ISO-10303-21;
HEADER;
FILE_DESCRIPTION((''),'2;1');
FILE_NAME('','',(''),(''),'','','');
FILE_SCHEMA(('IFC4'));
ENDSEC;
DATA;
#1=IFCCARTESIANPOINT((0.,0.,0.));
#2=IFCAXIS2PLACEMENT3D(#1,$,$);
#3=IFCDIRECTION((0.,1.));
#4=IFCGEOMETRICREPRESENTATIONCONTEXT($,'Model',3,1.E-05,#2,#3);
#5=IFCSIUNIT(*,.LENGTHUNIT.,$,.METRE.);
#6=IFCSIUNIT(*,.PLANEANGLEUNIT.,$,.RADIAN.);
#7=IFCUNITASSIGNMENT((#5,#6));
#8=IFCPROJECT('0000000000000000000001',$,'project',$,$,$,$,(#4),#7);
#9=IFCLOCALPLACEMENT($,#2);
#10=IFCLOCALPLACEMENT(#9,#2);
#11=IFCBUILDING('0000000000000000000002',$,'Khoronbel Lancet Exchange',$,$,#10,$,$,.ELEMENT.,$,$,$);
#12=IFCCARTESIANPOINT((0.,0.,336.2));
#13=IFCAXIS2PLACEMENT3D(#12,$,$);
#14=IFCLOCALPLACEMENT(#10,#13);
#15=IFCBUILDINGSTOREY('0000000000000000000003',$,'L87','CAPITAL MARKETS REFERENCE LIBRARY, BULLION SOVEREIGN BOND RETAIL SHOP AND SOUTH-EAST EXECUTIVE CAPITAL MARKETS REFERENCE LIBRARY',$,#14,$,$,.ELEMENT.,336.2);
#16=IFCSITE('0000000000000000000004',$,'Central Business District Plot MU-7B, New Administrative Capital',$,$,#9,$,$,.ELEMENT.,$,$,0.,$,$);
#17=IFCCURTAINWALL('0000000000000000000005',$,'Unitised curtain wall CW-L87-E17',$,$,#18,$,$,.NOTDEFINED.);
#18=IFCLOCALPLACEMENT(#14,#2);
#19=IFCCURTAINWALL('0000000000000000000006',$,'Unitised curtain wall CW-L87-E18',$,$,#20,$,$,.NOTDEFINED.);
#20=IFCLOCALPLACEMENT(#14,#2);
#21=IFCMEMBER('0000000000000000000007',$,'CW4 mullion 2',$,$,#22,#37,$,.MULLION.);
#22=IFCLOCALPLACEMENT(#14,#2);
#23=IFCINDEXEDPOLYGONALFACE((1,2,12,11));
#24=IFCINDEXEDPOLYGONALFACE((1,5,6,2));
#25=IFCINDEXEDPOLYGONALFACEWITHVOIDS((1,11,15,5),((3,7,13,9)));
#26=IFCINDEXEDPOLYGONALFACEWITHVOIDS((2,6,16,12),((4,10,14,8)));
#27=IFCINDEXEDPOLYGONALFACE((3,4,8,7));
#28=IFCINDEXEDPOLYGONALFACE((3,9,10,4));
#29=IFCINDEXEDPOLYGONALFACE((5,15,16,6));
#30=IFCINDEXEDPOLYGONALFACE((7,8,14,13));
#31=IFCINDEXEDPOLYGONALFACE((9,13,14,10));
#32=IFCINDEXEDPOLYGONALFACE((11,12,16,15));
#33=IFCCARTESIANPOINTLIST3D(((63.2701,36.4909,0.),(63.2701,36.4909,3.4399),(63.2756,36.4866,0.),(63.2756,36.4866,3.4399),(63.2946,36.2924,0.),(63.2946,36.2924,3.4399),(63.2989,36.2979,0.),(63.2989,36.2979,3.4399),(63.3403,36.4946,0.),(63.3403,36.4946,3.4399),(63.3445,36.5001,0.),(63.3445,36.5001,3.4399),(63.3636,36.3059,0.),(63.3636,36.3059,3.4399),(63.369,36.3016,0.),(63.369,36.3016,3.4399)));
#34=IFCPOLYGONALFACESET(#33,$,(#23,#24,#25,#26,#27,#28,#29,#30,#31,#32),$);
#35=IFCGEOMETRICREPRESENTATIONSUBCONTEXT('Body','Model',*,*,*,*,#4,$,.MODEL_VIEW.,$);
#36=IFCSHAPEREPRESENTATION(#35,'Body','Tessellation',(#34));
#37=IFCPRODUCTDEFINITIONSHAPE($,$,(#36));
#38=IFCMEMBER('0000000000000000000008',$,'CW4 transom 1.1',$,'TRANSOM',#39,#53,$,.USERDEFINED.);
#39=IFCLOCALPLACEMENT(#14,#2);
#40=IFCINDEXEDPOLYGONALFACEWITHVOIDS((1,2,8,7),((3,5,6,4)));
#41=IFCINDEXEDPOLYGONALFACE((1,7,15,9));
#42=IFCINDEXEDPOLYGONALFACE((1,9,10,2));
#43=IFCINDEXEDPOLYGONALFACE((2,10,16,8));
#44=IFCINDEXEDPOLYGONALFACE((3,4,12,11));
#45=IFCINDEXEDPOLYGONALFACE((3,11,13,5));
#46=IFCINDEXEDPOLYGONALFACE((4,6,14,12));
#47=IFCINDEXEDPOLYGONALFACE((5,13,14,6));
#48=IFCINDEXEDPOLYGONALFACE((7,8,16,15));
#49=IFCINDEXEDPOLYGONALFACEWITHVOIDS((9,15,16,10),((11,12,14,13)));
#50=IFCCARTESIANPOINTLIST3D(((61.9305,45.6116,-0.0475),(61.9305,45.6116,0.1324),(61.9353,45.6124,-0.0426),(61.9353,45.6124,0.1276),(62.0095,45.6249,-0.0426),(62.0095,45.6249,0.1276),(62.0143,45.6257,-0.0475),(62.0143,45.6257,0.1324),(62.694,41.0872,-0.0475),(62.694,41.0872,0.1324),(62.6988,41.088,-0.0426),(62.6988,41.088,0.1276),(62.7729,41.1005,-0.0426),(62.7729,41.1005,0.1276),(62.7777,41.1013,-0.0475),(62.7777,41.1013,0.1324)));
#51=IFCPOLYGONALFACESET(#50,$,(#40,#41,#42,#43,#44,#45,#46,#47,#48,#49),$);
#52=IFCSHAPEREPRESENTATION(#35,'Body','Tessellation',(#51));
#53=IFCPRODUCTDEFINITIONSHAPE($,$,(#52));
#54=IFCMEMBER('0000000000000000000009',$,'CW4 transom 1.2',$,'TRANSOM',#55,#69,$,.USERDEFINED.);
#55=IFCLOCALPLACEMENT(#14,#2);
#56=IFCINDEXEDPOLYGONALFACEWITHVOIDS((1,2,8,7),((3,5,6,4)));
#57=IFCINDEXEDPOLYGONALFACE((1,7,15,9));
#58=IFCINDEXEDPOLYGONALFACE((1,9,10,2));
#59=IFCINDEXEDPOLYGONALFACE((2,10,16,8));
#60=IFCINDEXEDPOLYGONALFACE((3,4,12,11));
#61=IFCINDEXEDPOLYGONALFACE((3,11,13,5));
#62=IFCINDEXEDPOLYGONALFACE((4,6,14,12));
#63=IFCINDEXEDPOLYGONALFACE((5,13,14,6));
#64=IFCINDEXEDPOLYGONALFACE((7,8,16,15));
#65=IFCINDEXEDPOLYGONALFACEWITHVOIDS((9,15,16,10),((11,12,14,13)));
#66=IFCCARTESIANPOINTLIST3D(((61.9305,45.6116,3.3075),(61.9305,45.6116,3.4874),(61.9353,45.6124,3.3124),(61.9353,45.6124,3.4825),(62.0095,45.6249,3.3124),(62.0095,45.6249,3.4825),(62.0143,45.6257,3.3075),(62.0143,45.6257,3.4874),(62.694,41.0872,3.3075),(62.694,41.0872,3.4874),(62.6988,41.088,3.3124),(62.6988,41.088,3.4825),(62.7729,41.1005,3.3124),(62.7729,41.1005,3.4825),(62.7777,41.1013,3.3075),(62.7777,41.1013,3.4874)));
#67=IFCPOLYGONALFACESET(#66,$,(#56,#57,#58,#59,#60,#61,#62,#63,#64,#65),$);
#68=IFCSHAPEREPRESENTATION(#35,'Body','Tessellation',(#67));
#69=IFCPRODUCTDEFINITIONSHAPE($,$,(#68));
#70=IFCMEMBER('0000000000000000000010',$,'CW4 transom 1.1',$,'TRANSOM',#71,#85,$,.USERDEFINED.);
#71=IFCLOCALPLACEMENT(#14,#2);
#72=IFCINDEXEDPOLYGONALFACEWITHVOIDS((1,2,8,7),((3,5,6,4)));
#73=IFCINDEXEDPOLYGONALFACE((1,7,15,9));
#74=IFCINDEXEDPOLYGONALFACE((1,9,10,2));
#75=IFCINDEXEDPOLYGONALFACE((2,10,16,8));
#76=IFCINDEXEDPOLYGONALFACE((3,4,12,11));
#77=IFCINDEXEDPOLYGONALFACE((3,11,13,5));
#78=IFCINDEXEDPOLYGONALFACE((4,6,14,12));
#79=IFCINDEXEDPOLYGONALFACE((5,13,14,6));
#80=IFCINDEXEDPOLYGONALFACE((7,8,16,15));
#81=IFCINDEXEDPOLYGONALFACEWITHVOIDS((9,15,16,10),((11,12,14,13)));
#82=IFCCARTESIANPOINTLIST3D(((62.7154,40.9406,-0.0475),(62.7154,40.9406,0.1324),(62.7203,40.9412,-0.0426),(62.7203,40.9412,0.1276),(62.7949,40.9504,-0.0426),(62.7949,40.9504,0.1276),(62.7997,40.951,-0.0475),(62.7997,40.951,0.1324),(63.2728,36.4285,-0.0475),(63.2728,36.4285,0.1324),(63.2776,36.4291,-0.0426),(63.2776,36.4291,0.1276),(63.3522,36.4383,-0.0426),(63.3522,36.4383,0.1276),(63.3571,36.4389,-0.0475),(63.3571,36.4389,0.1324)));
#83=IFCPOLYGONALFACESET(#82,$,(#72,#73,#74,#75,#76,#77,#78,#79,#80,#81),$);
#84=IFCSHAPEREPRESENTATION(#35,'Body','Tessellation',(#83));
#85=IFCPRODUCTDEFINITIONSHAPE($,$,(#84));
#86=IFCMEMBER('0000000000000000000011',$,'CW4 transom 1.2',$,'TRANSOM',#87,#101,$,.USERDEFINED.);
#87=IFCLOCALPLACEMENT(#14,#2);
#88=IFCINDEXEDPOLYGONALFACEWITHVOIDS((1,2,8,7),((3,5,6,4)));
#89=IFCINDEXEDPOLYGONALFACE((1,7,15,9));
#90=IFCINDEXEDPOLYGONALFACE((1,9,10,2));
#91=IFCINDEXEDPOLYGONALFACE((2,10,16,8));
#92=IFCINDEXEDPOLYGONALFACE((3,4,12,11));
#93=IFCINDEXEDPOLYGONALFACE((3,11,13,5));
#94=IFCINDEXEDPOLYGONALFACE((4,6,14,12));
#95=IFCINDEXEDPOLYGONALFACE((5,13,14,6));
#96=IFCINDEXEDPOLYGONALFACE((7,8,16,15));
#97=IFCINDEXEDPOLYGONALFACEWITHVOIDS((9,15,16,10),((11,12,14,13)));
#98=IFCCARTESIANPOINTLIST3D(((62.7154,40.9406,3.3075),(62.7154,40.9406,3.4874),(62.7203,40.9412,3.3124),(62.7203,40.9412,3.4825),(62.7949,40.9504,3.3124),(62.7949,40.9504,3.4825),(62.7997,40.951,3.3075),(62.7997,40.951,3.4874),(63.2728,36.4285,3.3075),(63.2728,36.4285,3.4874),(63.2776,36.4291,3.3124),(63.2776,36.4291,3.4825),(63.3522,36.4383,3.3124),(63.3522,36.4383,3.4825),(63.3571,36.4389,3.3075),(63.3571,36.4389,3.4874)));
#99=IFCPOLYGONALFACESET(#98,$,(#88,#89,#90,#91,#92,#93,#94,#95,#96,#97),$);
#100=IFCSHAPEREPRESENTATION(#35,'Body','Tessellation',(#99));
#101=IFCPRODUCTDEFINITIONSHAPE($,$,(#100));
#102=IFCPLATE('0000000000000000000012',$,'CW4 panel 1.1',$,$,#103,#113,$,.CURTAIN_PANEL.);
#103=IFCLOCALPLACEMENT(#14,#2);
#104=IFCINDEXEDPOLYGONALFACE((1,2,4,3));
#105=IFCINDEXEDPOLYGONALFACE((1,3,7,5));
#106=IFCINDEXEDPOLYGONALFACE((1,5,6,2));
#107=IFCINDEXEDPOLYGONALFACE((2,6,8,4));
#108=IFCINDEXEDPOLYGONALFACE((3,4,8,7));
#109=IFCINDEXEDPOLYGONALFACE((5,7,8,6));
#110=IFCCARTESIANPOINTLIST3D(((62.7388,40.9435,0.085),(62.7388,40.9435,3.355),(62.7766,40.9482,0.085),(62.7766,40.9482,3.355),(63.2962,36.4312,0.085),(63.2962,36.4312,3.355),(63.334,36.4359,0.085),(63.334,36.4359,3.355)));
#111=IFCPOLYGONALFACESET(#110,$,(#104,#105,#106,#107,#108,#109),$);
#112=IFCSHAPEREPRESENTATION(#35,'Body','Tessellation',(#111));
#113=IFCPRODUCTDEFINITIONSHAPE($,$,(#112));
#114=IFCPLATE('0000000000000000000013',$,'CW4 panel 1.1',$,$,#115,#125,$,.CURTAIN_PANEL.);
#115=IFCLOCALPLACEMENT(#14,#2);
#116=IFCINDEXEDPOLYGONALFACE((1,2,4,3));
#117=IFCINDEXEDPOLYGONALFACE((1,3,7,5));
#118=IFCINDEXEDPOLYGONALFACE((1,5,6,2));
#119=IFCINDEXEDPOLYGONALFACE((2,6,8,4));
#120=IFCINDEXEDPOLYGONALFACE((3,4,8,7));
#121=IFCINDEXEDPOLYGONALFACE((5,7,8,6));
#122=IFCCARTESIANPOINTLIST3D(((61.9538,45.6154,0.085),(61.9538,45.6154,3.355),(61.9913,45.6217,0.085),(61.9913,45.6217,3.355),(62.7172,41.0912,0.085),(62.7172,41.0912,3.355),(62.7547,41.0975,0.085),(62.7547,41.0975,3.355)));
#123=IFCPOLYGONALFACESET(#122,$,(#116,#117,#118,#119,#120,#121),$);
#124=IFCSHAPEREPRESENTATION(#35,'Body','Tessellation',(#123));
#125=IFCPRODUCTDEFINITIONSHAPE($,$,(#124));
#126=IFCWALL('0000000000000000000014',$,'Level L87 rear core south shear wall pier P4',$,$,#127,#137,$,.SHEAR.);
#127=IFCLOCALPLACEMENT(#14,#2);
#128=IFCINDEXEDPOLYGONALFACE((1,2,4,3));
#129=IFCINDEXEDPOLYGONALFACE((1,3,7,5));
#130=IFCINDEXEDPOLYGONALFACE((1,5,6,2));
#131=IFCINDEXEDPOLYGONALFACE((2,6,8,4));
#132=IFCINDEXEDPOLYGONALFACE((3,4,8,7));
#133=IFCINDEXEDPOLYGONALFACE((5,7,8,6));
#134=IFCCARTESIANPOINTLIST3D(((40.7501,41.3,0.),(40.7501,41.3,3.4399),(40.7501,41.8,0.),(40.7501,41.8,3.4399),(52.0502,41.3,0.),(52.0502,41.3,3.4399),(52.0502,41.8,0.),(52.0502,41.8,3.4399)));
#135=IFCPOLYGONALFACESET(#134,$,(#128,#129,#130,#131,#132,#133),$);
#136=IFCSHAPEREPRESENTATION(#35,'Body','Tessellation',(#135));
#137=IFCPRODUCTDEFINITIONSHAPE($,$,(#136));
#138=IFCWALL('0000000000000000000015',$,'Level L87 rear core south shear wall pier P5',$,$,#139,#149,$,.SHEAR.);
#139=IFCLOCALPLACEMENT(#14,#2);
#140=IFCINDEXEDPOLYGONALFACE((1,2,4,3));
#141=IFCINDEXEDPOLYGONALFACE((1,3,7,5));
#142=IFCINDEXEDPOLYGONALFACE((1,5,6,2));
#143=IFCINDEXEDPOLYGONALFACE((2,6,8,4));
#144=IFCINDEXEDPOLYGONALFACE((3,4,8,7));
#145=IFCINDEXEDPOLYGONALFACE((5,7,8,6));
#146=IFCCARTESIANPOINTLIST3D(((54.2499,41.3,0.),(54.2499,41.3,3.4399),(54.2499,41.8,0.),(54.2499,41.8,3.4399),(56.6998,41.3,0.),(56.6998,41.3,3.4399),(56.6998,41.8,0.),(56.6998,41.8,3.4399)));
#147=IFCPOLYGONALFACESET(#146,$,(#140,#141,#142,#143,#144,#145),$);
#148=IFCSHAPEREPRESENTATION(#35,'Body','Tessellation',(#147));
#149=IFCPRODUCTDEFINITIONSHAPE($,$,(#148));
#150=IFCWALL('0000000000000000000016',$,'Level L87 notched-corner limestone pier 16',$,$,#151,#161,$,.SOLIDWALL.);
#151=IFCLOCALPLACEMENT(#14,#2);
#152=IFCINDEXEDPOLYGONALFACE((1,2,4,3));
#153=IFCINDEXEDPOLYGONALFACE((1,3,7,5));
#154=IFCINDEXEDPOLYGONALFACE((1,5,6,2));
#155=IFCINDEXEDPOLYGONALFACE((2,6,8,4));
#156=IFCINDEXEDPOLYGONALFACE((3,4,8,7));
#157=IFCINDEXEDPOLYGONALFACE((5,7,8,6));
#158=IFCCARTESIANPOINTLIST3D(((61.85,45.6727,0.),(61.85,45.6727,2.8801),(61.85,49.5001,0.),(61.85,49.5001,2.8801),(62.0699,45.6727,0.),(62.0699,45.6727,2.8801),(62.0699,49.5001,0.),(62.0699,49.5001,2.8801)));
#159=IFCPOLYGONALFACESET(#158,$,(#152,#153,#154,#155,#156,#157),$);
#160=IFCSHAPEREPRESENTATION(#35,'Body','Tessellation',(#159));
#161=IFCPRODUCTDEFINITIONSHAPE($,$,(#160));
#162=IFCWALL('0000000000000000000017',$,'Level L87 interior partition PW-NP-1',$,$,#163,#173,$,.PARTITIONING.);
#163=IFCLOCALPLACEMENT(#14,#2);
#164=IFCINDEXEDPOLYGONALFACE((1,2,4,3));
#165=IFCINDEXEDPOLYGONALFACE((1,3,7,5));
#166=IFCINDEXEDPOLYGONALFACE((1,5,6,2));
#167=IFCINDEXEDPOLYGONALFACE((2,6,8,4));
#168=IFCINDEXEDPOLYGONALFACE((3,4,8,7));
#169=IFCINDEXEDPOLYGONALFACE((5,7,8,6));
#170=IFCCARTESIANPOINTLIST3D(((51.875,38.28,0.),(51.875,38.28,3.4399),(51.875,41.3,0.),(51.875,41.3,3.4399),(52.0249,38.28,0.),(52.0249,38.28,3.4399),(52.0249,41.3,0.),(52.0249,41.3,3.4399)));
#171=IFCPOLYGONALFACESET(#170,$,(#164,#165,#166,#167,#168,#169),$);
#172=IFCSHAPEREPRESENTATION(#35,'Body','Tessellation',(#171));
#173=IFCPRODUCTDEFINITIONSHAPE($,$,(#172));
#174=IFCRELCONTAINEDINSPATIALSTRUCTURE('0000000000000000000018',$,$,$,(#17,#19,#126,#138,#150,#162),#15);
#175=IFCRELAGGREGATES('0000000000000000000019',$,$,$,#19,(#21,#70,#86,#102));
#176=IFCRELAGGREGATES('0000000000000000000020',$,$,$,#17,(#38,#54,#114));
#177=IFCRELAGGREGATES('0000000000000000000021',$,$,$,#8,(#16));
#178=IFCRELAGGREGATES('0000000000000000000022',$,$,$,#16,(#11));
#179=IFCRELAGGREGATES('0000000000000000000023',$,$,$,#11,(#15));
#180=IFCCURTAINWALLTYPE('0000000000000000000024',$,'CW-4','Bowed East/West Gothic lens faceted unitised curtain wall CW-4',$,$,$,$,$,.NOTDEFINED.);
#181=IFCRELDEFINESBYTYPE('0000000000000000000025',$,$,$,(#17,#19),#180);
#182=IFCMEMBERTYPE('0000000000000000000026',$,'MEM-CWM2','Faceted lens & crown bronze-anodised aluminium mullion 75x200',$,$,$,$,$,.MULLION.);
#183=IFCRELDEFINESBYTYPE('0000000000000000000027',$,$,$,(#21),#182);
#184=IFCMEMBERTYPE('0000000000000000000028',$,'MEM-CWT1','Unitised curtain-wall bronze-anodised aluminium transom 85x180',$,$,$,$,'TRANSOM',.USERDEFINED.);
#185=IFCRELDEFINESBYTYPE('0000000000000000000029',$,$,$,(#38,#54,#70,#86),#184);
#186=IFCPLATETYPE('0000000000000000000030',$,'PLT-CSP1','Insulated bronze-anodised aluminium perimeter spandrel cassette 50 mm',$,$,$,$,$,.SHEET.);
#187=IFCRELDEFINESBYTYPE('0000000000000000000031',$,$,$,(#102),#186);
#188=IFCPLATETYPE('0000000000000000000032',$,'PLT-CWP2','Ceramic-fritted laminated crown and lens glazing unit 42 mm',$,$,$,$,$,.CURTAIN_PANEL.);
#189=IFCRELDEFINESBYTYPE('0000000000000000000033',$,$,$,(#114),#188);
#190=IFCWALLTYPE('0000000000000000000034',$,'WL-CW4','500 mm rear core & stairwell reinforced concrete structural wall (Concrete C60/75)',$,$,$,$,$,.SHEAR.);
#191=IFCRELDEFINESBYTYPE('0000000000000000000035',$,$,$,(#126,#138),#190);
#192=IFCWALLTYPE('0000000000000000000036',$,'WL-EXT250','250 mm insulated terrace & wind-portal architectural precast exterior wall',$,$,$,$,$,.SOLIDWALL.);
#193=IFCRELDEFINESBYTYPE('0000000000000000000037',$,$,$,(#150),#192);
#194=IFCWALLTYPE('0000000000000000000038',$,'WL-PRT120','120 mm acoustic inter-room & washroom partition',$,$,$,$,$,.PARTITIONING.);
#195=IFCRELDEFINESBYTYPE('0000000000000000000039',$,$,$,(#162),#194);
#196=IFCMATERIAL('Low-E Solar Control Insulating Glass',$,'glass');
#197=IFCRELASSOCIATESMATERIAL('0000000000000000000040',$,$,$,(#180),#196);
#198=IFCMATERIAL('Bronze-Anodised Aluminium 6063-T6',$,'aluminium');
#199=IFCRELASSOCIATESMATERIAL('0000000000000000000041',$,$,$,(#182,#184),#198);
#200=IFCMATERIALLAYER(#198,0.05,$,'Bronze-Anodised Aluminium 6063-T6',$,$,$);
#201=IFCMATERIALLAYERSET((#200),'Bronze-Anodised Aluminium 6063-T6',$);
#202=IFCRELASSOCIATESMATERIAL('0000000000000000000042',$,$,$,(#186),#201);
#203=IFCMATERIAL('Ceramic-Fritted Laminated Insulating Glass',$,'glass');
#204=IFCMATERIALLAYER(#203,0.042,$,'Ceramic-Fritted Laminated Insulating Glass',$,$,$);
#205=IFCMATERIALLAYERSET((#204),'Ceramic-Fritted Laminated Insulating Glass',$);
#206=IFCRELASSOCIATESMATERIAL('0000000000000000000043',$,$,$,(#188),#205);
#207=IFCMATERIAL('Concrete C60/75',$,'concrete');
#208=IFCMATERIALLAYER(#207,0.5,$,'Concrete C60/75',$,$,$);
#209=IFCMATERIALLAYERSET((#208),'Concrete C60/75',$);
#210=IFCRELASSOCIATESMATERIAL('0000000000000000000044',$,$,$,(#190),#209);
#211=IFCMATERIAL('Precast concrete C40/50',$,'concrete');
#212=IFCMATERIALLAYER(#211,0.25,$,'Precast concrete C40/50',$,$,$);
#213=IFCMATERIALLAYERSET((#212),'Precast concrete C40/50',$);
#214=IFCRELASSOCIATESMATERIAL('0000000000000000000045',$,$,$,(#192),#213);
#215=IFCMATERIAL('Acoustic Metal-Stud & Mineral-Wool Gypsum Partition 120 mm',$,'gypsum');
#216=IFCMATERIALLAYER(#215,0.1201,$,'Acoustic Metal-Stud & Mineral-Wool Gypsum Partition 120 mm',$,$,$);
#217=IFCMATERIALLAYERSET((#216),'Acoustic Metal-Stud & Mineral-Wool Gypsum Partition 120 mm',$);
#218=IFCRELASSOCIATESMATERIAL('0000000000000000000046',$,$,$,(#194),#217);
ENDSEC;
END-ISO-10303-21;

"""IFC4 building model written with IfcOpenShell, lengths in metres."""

from ifc_helpers import new_model, si_unit, direction, frame, frame_2d, origin, origin_2d, place, context, subcontext, project, spatial, rectangle, hollow_rectangle, extrude, material, layer, layer_set, material_profile, profile_set, type_object, element, aggregate, save


model = new_model("IFC4")

# Units and contexts
model_context = context("Model", 3, precision=1e-05, world=origin(), true_north=direction((0.0, 1.0)))
body_context = subcontext(model_context, "Body", "Model", "MODEL_VIEW")
ifc_project = project(units=[si_unit("LENGTHUNIT", "METRE"), si_unit("PLANEANGLEUNIT", "RADIAN")], contexts=[model_context])

# Site, building, storey
site_placement = place(None, origin())
site = spatial("IfcSite", under=ifc_project, at=site_placement, Name="Central Business District Plot MU-7B, New Administrative Capital", CompositionType="ELEMENT", RefElevation=0.0)
building_placement = place(site_placement, origin())
building = spatial("IfcBuilding", under=site, at=building_placement, Name="Khoronbel Lancet Exchange", CompositionType="ELEMENT")
storey_placement = place(building_placement, frame((0.0, 0.0, 336.2)))
storey = spatial("IfcBuildingStorey", under=building, at=storey_placement, Name="L87", Description="CAPITAL MARKETS REFERENCE LIBRARY, BULLION SOVEREIGN BOND RETAIL SHOP AND SOUTH-EAST EXECUTIVE CAPITAL MARKETS REFERENCE LIBRARY", CompositionType="ELEMENT", Elevation=336.2)

# Shared definitions
ifc_material_1 = material(Name="Concrete C60/75", Category="concrete")

# Curtain walls, member
ifc_material_2 = material(Name="Low-E Solar Control Insulating Glass", Category="glass")
curtain_wall_type = type_object("IfcCurtainWallType", Name="CW-4", Description="Bowed East/West Gothic lens faceted unitised curtain wall CW-4", PredefinedType="NOTDEFINED", material=ifc_material_2)
curtain_wall_1_placement = place(storey_placement, origin())
curtain_wall_1 = element("IfcCurtainWall", 1, at=curtain_wall_1_placement, inside=storey, type_object=curtain_wall_type, Name="Unitised curtain wall CW-L87-E17", PredefinedType="NOTDEFINED")
ifc_material_3 = material(Name="Bronze-Anodised Aluminium 6063-T6", Category="aluminium")
ifc_material_profile_1 = material_profile(ifc_material_3, hollow_rectangle(XDim=0.075, YDim=0.2, WallThickness=0.0049, at=origin_2d()), Name="ALU MULLION 75x200")
ifc_profile_set_1 = profile_set([ifc_material_profile_1], Name="Bronze-Anodised Aluminium 6063-T6")
member_type_1 = type_object("IfcMemberType", Name="MEM-CWM2", Description="Faceted lens & crown bronze-anodised aluminium mullion 75x200", PredefinedType="MULLION", material=ifc_profile_set_1)
curtain_wall_2_placement = place(storey_placement, origin())
curtain_wall_2 = element("IfcCurtainWall", 2, at=curtain_wall_2_placement, inside=storey, type_object=curtain_wall_type, Name="Unitised curtain wall CW-L87-E18", PredefinedType="NOTDEFINED")
member_1_placement = place(storey_placement, frame((63.3196, 36.3962, 0.0), z_axis=(0.0, 0.0, 1.0), x_axis=(0.992456, 0.122599, 0.0)))
member_1 = element("IfcMember", 3, at=member_1_placement, type_object=member_type_1, Name="CW4 mullion 2", PredefinedType="MULLION", context=body_context, shape_type="SweptSolid", body=[
    extrude(hollow_rectangle(XDim=0.075, YDim=0.2, WallThickness=0.0049, at=origin_2d()), origin(), (0.0, 0.0, 1.0), 3.4399),
])

# Members
ifc_material_profile_2 = material_profile(ifc_material_3, hollow_rectangle(XDim=0.085, YDim=0.1799, WallThickness=0.0049, at=origin_2d()), Name="ALU TRANSOM 85x180")
ifc_profile_set_2 = profile_set([ifc_material_profile_2], Name="Bronze-Anodised Aluminium 6063-T6")
member_type_2 = type_object("IfcMemberType", Name="MEM-CWT1", Description="Unitised curtain-wall bronze-anodised aluminium transom 85x180", ElementType="TRANSOM", PredefinedType="USERDEFINED", material=ifc_profile_set_2)
member_2_placement = place(storey_placement, frame((61.9724, 45.6187, 0.0425), z_axis=(0.166383, -0.986061, 0.0), x_axis=(0.986061, 0.166383, 0.0)))
member_2 = element("IfcMember", 4, at=member_2_placement, type_object=member_type_2, Name="CW4 transom 1.1", ObjectType="TRANSOM", PredefinedType="USERDEFINED", context=body_context, shape_type="SweptSolid", body=[
    extrude(hollow_rectangle(XDim=0.085, YDim=0.1799, WallThickness=0.0049, at=origin_2d()), origin(), (0.0, 0.0, 1.0), 4.5884),
])
member_3_placement = place(storey_placement, frame((61.9724, 45.6187, 3.3975), z_axis=(0.166383, -0.986061, 0.0), x_axis=(0.986061, 0.166383, 0.0)))
member_3 = element("IfcMember", 5, at=member_3_placement, type_object=member_type_2, Name="CW4 transom 1.2", ObjectType="TRANSOM", PredefinedType="USERDEFINED", context=body_context, shape_type="SweptSolid", body=[
    extrude(hollow_rectangle(XDim=0.085, YDim=0.1799, WallThickness=0.0049, at=origin_2d()), origin(), (0.0, 0.0, 1.0), 4.5884),
])
member_4_placement = place(storey_placement, frame((62.7576, 40.9458, 0.0425), z_axis=(0.122594, -0.992457, 0.0), x_axis=(0.992457, 0.122594, 0.0)))
member_4 = element("IfcMember", 6, at=member_4_placement, type_object=member_type_2, Name="CW4 transom 1.1", ObjectType="TRANSOM", PredefinedType="USERDEFINED", context=body_context, shape_type="SweptSolid", body=[
    extrude(hollow_rectangle(XDim=0.085, YDim=0.1799, WallThickness=0.0049, at=origin_2d()), origin(), (0.0, 0.0, 1.0), 4.5464),
])
member_5_placement = place(storey_placement, frame((62.7576, 40.9458, 3.3975), z_axis=(0.122594, -0.992457, 0.0), x_axis=(0.992457, 0.122594, 0.0)))
member_5 = element("IfcMember", 7, at=member_5_placement, type_object=member_type_2, Name="CW4 transom 1.2", ObjectType="TRANSOM", PredefinedType="USERDEFINED", context=body_context, shape_type="SweptSolid", body=[
    extrude(hollow_rectangle(XDim=0.085, YDim=0.1799, WallThickness=0.0049, at=origin_2d()), origin(), (0.0, 0.0, 1.0), 4.5464),
])

# Plates
ifc_layer_1 = layer(ifc_material_3, 0.05, Name="Bronze-Anodised Aluminium 6063-T6")
ifc_layer_set_1 = layer_set([ifc_layer_1], Name="Bronze-Anodised Aluminium 6063-T6")
plate_type_1 = type_object("IfcPlateType", Name="PLT-CSP1", Description="Insulated bronze-anodised aluminium perimeter spandrel cassette 50 mm", PredefinedType="SHEET", material=ifc_layer_set_1)
plate_1_placement = place(storey_placement, frame((63.0364, 38.6897, 0.085), z_axis=(0.0, 0.0, 1.0), x_axis=(0.122599, -0.992456, 0.0)))
plate_1 = element("IfcPlate", 8, at=plate_1_placement, type_object=plate_type_1, Name="CW4 panel 1.1", PredefinedType="CURTAIN_PANEL", context=body_context, shape_type="SweptSolid", body=[
    extrude(rectangle(XDim=4.5466, YDim=0.0381, at=origin_2d()), origin(), (0.0, 0.0, 1.0), 3.27),
])
aggregate(curtain_wall_2, [member_1, member_4, member_5, plate_1])
ifc_material_4 = material(Name="Ceramic-Fritted Laminated Insulating Glass", Category="glass")
ifc_layer_2 = layer(ifc_material_4, 0.042, Name="Ceramic-Fritted Laminated Insulating Glass")
ifc_layer_set_2 = layer_set([ifc_layer_2], Name="Ceramic-Fritted Laminated Insulating Glass")
plate_type_2 = type_object("IfcPlateType", Name="PLT-CWP2", Description="Ceramic-fritted laminated crown and lens glazing unit 42 mm", PredefinedType="CURTAIN_PANEL", material=ifc_layer_set_2)
plate_2_placement = place(storey_placement, frame((62.3542, 43.3564, 0.085), z_axis=(0.0, 0.0, 1.0), x_axis=(0.16639, -0.98606, 0.0)))
plate_2 = element("IfcPlate", 9, at=plate_2_placement, type_object=plate_type_2, Name="CW4 panel 1.1", PredefinedType="CURTAIN_PANEL", context=body_context, shape_type="SweptSolid", body=[
    extrude(rectangle(XDim=4.5881, YDim=0.0381, at=origin_2d()), origin(), (0.0, 0.0, 1.0), 3.27),
])
aggregate(curtain_wall_1, [member_2, member_3, plate_2])

# Walls
ifc_layer_3 = layer(ifc_material_1, 0.5, Name="Concrete C60/75")
ifc_layer_set_3 = layer_set([ifc_layer_3], Name="Concrete C60/75")
wall_type_1 = type_object("IfcWallType", Name="WL-CW4", Description="500 mm rear core & stairwell reinforced concrete structural wall (Concrete C60/75)", PredefinedType="SHEAR", material=ifc_layer_set_3)
wall_1_placement = place(storey_placement, frame((52.05, 41.55, 0.0), z_axis=(0.0, 0.0, 1.0), x_axis=(-1.0, 0.0, 0.0)))
element("IfcWall", 10, at=wall_1_placement, inside=storey, type_object=wall_type_1, Name="Level L87 rear core south shear wall pier P4", PredefinedType="SHEAR", context=body_context, shape_type="SweptSolid", body=[
    extrude(rectangle(XDim=11.3, YDim=0.5, at=frame_2d((5.6499, 0.0))), origin(), (0.0, 0.0, 1.0), 3.4399),
])
wall_2_placement = place(storey_placement, frame((56.7, 41.55, 0.0), z_axis=(0.0, 0.0, 1.0), x_axis=(-1.0, 0.0, 0.0)))
element("IfcWall", 11, at=wall_2_placement, inside=storey, type_object=wall_type_1, Name="Level L87 rear core south shear wall pier P5", PredefinedType="SHEAR", context=body_context, shape_type="SweptSolid", body=[
    extrude(rectangle(XDim=2.45, YDim=0.5, at=frame_2d((1.2251, 0.0))), origin(), (0.0, 0.0, 1.0), 3.4399),
])
ifc_material_5 = material(Name="Precast concrete C40/50", Category="concrete")
ifc_layer_4 = layer(ifc_material_5, 0.25, Name="Precast concrete C40/50")
ifc_layer_set_4 = layer_set([ifc_layer_4], Name="Precast concrete C40/50")
wall_type_2 = type_object("IfcWallType", Name="WL-EXT250", Description="250 mm insulated terrace & wind-portal architectural precast exterior wall", PredefinedType="SOLIDWALL", material=ifc_layer_set_4)
wall_3_placement = place(storey_placement, frame((61.96, 49.5, 0.0), z_axis=(0.0, 0.0, 1.0), x_axis=(0.0, -1.0, 0.0)))
element("IfcWall", 12, at=wall_3_placement, inside=storey, type_object=wall_type_2, Name="Level L87 notched-corner limestone pier 16", PredefinedType="SOLIDWALL", context=body_context, shape_type="SweptSolid", body=[
    extrude(rectangle(XDim=3.8274, YDim=0.22, at=frame_2d((1.9136, 0.0))), origin(), (0.0, 0.0, 1.0), 2.8801),
])
ifc_material_6 = material(Name="Acoustic Metal-Stud & Mineral-Wool Gypsum Partition 120 mm", Category="gypsum")
ifc_layer_5 = layer(ifc_material_6, 0.1201, Name="Acoustic Metal-Stud & Mineral-Wool Gypsum Partition 120 mm")
ifc_layer_set_5 = layer_set([ifc_layer_5], Name="Acoustic Metal-Stud & Mineral-Wool Gypsum Partition 120 mm")
wall_type_3 = type_object("IfcWallType", Name="WL-PRT120", Description="120 mm acoustic inter-room & washroom partition", PredefinedType="PARTITIONING", material=ifc_layer_set_5)
wall_4_placement = place(storey_placement, frame((51.95, 38.28, 0.0), z_axis=(0.0, 0.0, 1.0), x_axis=(0.0, 1.0, 0.0)))
element("IfcWall", 13, at=wall_4_placement, inside=storey, type_object=wall_type_3, Name="Level L87 interior partition PW-NP-1", PredefinedType="PARTITIONING", context=body_context, shape_type="SweptSolid", body=[
    extrude(rectangle(XDim=3.02, YDim=0.1499, at=frame_2d((1.51, 0.0))), origin(), (0.0, 0.0, 1.0), 3.4399),
])

save(model, "model.ifc")
